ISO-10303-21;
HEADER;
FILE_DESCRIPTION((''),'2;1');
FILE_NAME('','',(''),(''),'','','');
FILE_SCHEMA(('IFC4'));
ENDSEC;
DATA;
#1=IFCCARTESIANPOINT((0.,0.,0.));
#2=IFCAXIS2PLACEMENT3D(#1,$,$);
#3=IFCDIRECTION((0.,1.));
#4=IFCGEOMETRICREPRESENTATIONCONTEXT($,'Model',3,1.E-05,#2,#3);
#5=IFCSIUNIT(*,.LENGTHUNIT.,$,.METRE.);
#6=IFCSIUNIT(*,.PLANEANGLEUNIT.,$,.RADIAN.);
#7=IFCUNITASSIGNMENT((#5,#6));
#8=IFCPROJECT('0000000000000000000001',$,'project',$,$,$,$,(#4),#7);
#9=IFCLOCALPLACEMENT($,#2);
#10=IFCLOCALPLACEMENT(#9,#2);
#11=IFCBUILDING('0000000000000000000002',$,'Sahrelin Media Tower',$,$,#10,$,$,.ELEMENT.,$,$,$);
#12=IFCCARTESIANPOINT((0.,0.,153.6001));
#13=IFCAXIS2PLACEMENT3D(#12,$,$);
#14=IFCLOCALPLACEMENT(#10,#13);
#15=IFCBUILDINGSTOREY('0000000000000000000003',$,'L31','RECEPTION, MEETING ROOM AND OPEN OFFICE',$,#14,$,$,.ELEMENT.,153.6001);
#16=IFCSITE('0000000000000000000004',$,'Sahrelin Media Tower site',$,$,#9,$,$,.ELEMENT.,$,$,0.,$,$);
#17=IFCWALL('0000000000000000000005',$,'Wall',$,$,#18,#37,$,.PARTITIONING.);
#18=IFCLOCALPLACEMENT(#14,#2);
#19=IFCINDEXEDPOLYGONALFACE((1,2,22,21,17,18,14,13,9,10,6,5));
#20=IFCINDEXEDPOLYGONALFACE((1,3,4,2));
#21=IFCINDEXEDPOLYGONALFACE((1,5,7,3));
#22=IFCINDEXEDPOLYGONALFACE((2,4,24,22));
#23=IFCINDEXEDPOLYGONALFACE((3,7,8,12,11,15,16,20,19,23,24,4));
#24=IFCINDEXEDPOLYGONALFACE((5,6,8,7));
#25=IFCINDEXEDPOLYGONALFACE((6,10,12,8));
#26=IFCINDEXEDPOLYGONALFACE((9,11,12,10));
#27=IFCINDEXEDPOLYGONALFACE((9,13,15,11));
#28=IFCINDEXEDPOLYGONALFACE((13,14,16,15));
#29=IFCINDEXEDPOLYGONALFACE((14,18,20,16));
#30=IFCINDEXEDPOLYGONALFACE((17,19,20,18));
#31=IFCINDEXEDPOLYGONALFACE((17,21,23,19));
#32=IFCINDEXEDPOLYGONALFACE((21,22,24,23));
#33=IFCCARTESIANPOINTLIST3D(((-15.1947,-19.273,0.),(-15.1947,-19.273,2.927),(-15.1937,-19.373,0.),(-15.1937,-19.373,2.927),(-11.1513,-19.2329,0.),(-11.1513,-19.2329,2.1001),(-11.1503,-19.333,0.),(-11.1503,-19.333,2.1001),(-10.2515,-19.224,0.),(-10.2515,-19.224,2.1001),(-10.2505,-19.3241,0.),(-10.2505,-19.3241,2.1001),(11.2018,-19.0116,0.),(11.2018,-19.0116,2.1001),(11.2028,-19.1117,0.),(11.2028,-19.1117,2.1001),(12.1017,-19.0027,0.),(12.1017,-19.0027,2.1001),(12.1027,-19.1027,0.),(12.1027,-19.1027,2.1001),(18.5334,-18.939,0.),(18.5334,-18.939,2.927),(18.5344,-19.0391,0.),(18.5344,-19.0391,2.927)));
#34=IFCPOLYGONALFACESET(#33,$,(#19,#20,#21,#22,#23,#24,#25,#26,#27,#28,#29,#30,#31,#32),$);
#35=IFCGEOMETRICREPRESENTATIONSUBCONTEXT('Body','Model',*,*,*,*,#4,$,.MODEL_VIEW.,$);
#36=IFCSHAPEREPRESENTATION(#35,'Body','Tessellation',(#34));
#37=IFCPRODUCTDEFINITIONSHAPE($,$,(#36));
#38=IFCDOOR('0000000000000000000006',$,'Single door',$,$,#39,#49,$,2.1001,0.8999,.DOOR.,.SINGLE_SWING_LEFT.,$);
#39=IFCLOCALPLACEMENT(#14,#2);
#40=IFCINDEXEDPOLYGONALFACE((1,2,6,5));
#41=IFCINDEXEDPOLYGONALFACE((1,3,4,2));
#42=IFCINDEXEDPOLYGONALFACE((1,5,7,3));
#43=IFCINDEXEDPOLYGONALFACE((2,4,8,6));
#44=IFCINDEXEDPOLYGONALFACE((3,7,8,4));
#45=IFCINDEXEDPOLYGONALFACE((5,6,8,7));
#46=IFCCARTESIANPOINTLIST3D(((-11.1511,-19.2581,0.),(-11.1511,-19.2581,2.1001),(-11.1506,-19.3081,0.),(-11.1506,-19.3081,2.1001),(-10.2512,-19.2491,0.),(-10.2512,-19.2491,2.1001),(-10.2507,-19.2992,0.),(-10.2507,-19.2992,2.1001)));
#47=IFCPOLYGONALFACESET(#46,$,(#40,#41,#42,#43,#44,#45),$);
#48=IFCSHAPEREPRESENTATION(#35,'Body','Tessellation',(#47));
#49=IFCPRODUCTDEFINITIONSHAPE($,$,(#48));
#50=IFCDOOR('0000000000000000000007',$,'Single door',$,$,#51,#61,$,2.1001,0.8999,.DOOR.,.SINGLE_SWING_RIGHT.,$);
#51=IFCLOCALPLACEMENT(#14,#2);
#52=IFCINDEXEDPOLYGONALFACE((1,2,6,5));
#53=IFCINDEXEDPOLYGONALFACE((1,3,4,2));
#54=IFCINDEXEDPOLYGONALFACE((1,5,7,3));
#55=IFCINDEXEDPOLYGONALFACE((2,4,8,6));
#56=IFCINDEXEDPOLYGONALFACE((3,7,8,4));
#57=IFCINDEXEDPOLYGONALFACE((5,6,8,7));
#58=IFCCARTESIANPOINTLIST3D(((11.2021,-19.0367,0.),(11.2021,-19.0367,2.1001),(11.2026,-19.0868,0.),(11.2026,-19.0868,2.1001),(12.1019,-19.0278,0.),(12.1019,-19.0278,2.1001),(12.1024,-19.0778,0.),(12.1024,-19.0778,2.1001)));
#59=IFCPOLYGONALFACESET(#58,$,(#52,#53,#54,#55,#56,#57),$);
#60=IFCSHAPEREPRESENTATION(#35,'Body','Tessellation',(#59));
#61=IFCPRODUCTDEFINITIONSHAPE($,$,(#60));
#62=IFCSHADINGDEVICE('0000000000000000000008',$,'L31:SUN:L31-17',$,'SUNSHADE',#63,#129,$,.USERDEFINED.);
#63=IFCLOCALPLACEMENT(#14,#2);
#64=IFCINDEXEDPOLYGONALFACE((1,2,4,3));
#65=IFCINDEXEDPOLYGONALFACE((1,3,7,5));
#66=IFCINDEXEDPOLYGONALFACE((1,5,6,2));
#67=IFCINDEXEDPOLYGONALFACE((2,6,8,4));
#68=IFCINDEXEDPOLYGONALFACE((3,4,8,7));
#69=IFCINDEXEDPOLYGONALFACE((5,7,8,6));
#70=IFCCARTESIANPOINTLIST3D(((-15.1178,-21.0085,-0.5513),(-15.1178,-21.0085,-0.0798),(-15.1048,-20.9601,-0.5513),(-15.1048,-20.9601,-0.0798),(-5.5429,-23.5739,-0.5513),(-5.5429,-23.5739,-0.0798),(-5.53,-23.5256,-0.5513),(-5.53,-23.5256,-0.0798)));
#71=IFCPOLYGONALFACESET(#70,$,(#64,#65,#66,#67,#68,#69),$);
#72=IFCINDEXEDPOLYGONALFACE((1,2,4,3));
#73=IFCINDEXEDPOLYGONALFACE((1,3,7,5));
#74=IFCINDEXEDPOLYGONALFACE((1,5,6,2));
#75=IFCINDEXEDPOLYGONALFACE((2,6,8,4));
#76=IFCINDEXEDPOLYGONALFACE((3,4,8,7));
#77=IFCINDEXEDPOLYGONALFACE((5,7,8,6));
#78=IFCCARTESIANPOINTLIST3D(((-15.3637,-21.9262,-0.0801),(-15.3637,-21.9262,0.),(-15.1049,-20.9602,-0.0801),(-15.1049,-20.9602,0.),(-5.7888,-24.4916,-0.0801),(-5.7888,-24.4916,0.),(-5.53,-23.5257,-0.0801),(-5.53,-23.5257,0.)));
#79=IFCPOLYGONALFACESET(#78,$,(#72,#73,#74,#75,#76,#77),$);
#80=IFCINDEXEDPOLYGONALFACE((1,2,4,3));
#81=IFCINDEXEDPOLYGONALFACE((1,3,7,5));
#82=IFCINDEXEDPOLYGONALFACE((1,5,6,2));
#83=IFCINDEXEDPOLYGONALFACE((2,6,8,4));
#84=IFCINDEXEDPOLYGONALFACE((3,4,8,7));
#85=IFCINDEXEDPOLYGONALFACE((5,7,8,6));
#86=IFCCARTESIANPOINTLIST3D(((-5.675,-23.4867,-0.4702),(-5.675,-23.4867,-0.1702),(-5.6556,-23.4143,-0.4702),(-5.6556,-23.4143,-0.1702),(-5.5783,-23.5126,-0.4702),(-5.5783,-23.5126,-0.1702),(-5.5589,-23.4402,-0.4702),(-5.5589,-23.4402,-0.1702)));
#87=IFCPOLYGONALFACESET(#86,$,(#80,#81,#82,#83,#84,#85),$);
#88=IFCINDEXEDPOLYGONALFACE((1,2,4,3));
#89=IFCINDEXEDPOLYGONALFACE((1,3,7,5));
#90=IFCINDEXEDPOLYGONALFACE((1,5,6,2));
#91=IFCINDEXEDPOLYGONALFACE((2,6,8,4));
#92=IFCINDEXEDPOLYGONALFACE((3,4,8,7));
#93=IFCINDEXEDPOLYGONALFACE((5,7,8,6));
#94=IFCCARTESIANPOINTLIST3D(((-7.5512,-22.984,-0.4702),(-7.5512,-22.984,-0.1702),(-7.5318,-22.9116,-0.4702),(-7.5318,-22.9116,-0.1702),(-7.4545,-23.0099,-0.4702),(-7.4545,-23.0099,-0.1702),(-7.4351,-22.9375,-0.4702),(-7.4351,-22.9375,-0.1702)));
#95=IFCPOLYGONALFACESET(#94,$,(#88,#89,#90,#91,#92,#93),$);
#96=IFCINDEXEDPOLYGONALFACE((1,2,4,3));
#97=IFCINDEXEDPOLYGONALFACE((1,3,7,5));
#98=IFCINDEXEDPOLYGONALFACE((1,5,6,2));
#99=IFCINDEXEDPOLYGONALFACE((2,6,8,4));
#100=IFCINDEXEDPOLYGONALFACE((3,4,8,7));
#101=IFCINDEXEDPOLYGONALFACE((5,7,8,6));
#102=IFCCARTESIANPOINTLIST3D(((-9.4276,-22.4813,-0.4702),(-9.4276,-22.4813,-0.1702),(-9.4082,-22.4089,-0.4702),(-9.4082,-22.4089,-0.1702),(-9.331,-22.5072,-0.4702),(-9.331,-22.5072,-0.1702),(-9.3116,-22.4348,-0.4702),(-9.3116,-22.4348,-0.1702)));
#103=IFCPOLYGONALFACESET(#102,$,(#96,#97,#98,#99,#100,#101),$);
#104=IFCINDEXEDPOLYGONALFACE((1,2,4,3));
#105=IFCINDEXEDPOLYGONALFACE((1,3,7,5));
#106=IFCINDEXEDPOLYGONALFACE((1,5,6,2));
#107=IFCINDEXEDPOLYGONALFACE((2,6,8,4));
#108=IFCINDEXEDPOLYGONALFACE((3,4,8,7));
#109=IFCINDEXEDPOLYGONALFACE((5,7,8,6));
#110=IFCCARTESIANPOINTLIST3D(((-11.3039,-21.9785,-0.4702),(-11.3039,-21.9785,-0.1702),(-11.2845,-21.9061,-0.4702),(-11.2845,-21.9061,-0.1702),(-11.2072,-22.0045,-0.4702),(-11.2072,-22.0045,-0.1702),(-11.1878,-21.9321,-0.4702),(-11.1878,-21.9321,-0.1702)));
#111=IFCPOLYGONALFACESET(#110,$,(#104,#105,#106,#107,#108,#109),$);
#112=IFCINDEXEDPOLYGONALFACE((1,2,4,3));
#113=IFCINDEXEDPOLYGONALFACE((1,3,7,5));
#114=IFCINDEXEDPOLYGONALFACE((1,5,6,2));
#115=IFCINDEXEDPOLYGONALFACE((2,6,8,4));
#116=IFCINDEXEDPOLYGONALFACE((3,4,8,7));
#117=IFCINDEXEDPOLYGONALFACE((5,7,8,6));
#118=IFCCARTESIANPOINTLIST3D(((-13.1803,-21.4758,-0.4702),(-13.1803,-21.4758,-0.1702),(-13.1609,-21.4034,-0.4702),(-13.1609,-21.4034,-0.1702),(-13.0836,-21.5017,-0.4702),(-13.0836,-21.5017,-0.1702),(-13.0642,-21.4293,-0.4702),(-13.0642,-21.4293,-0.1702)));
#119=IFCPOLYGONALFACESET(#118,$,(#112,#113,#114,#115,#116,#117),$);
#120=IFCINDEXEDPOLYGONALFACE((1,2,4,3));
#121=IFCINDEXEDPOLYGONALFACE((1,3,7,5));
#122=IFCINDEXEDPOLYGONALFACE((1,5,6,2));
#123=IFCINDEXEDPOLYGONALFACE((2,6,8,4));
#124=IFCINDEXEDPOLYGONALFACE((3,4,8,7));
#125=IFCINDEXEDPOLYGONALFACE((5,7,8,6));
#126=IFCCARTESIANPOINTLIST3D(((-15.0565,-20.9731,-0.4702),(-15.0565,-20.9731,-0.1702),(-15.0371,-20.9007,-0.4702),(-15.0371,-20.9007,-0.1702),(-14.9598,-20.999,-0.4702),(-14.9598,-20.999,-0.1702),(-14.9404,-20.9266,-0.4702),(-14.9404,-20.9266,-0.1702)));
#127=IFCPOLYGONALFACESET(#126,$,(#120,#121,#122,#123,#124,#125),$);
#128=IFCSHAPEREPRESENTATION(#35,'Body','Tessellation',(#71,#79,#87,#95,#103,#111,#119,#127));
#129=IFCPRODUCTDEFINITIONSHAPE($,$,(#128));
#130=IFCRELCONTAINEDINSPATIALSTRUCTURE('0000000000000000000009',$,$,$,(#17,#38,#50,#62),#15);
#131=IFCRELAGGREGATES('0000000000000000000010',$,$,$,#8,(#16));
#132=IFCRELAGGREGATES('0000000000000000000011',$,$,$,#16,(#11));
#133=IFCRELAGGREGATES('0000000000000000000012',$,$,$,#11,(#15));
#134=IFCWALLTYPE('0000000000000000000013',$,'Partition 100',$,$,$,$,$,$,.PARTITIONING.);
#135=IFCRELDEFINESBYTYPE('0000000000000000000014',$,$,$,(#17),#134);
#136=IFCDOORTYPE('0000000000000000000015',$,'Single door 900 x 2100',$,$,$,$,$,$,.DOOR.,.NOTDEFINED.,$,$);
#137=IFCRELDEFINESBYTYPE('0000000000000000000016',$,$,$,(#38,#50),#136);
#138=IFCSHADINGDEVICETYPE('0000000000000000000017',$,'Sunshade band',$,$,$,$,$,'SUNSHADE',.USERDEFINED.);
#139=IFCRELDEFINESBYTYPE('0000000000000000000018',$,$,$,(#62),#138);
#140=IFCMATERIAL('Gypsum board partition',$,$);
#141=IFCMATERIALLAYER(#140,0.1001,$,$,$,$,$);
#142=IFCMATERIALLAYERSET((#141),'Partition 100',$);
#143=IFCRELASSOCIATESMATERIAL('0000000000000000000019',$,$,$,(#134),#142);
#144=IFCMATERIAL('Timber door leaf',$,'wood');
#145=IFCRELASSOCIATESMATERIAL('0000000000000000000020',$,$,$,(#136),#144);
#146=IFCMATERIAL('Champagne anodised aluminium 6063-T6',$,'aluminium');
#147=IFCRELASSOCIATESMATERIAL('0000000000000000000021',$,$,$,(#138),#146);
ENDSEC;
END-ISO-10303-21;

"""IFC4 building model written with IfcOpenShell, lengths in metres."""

from ifc_helpers import new_model, si_unit, direction, frame, frame_2d, origin, origin_2d, place, context, subcontext, project, spatial, rectangle, extrude, material, layer, layer_set, type_object, element, fill, save


model = new_model("IFC4")

# Units and contexts
model_context = context("Model", 3, precision=1e-05, world=origin(), true_north=direction((0.0, 1.0)))
body_context = subcontext(model_context, "Body", "Model", "MODEL_VIEW")
ifc_project = project(units=[si_unit("LENGTHUNIT", "METRE"), si_unit("PLANEANGLEUNIT", "RADIAN")], contexts=[model_context])

# Site, building, storey
site_placement = place(None, origin())
site = spatial("IfcSite", under=ifc_project, at=site_placement, Name="Sahrelin Media Tower site", CompositionType="ELEMENT", RefElevation=0.0)
building_placement = place(site_placement, origin())
building = spatial("IfcBuilding", under=site, at=building_placement, Name="Sahrelin Media Tower", CompositionType="ELEMENT")
storey_placement = place(building_placement, frame((0.0, 0.0, 153.6001)))
storey = spatial("IfcBuildingStorey", under=building, at=storey_placement, Name="L31", Description="RECEPTION, MEETING ROOM AND OPEN OFFICE", CompositionType="ELEMENT", Elevation=153.6001)

# Shared definitions
ifc_material_1 = material(Name="Champagne anodised aluminium 6063-T6", Category="aluminium")

# Wall, openings, doors
ifc_material_2 = material(Name="Gypsum board partition")
ifc_layer_1 = layer(ifc_material_2, 0.1001)
ifc_layer_set_1 = layer_set([ifc_layer_1], Name="Partition 100")
wall_type_1 = type_object("IfcWallType", Name="Partition 100", PredefinedType="PARTITIONING", material=ifc_layer_set_1)
wall_1_placement = place(storey_placement, frame((-15.1941, -19.323, 0.0), z_axis=(0.0, 0.0, 1.0), x_axis=(0.999951, 0.009902, 0.0)))
wall_1 = element("IfcWall", 1, at=wall_1_placement, inside=storey, type_object=wall_type_1, Name="Wall", PredefinedType="PARTITIONING", context=body_context, shape_type="SweptSolid", body=[
    extrude(rectangle(XDim=33.7297, YDim=0.1001, at=frame_2d((16.8647, 0.0))), origin(), (0.0, 0.0, 1.0), 2.927),
])
opening_1_placement = place(wall_1_placement, frame((4.0435, 0.0, 0.0)))
opening_1 = element("IfcOpeningElement", 2, at=opening_1_placement, cuts=wall_1, PredefinedType="OPENING", context=body_context, shape_type="SweptSolid", body=[
    extrude(rectangle(XDim=0.8999, YDim=2.1001, at=frame_2d((0.45, 1.05))), frame((0.0, 0.05, 0.0), z_axis=(0.0, -1.0, 0.0), x_axis=(1.0, 0.0, 0.0)), (0.0, 0.0, 1.0), 0.1001),
])
opening_2_placement = place(wall_1_placement, frame((26.3977, 0.0, 0.0)))
opening_2 = element("IfcOpeningElement", 3, at=opening_2_placement, cuts=wall_1, PredefinedType="OPENING", context=body_context, shape_type="SweptSolid", body=[
    extrude(rectangle(XDim=0.8999, YDim=2.1001, at=frame_2d((0.45, 1.05))), frame((0.0, 0.05, 0.0), z_axis=(0.0, -1.0, 0.0), x_axis=(1.0, 0.0, 0.0)), (0.0, 0.0, 1.0), 0.1001),
])
ifc_material_3 = material(Name="Timber door leaf", Category="wood")
door_type_1 = type_object("IfcDoorType", Name="Single door 900 x 2100", OperationType="NOTDEFINED", PredefinedType="DOOR", material=ifc_material_3)
door_1_placement = place(opening_1_placement, origin())
door_1 = element("IfcDoor", 4, at=door_1_placement, inside=storey, type_object=door_type_1, Name="Single door", OperationType="SINGLE_SWING_LEFT", OverallHeight=2.1001, OverallWidth=0.8999, PredefinedType="DOOR", context=body_context, shape_type="SweptSolid", body=[
    extrude(rectangle(XDim=0.8999, YDim=2.1001, at=frame_2d((0.45, 1.05))), frame((0.0, 0.0249, 0.0), z_axis=(0.0, -1.0, 0.0), x_axis=(1.0, 0.0, 0.0)), (0.0, 0.0, 1.0), 0.05),
])
fill(opening_1, door_1)
door_2_placement = place(opening_2_placement, origin())
door_2 = element("IfcDoor", 5, at=door_2_placement, inside=storey, type_object=door_type_1, Name="Single door", OperationType="SINGLE_SWING_RIGHT", OverallHeight=2.1001, OverallWidth=0.8999, PredefinedType="DOOR", context=body_context, shape_type="SweptSolid", body=[
    extrude(rectangle(XDim=0.8999, YDim=2.1001, at=frame_2d((0.45, 1.05))), frame((0.0, 0.0249, 0.0), z_axis=(0.0, -1.0, 0.0), x_axis=(1.0, 0.0, 0.0)), (0.0, 0.0, 1.0), 0.05),
])
fill(opening_2, door_2)

# Shading device
shading_device_type = type_object("IfcShadingDeviceType", Name="Sunshade band", ElementType="SUNSHADE", PredefinedType="USERDEFINED", material=ifc_material_1)
shading_device_placement = place(storey_placement, frame((-10.3123, -22.2236, 0.0), z_axis=(0.0, 0.0, 1.0), x_axis=(-0.965929, 0.258808, 0.0)))
element("IfcShadingDevice", 6, at=shading_device_placement, inside=storey, type_object=shading_device_type, Name="L31:SUN:L31-17", ObjectType="SUNSHADE", PredefinedType="USERDEFINED", context=body_context, shape_type="SweptSolid", body=[
    extrude(rectangle(XDim=9.9126, YDim=0.05, at=origin_2d()), frame((0.0, 0.0449, -0.5513)), (0.0, 0.0, 1.0), 0.4714),
    extrude(rectangle(XDim=9.9126, YDim=1.0, at=origin_2d()), frame((0.0, 0.52, -0.0801)), (0.0, 0.0, 1.0), 0.0801),
    extrude(rectangle(XDim=0.1001, YDim=0.075, at=origin_2d()), frame((-4.8562, -0.0176, -0.4702)), (0.0, 0.0, 1.0), 0.3),
    extrude(rectangle(XDim=0.1001, YDim=0.075, at=origin_2d()), frame((-2.9138, -0.0176, -0.4702)), (0.0, 0.0, 1.0), 0.3),
    extrude(rectangle(XDim=0.1001, YDim=0.075, at=origin_2d()), frame((-0.9712, -0.0176, -0.4702)), (0.0, 0.0, 1.0), 0.3),
    extrude(rectangle(XDim=0.1001, YDim=0.075, at=origin_2d()), frame((0.9712, -0.0176, -0.4702)), (0.0, 0.0, 1.0), 0.3),
    extrude(rectangle(XDim=0.1001, YDim=0.075, at=origin_2d()), frame((2.9138, -0.0176, -0.4702)), (0.0, 0.0, 1.0), 0.3),
    extrude(rectangle(XDim=0.1001, YDim=0.075, at=origin_2d()), frame((4.8562, -0.0176, -0.4702)), (0.0, 0.0, 1.0), 0.3),
])

save(model, "model.ifc")
